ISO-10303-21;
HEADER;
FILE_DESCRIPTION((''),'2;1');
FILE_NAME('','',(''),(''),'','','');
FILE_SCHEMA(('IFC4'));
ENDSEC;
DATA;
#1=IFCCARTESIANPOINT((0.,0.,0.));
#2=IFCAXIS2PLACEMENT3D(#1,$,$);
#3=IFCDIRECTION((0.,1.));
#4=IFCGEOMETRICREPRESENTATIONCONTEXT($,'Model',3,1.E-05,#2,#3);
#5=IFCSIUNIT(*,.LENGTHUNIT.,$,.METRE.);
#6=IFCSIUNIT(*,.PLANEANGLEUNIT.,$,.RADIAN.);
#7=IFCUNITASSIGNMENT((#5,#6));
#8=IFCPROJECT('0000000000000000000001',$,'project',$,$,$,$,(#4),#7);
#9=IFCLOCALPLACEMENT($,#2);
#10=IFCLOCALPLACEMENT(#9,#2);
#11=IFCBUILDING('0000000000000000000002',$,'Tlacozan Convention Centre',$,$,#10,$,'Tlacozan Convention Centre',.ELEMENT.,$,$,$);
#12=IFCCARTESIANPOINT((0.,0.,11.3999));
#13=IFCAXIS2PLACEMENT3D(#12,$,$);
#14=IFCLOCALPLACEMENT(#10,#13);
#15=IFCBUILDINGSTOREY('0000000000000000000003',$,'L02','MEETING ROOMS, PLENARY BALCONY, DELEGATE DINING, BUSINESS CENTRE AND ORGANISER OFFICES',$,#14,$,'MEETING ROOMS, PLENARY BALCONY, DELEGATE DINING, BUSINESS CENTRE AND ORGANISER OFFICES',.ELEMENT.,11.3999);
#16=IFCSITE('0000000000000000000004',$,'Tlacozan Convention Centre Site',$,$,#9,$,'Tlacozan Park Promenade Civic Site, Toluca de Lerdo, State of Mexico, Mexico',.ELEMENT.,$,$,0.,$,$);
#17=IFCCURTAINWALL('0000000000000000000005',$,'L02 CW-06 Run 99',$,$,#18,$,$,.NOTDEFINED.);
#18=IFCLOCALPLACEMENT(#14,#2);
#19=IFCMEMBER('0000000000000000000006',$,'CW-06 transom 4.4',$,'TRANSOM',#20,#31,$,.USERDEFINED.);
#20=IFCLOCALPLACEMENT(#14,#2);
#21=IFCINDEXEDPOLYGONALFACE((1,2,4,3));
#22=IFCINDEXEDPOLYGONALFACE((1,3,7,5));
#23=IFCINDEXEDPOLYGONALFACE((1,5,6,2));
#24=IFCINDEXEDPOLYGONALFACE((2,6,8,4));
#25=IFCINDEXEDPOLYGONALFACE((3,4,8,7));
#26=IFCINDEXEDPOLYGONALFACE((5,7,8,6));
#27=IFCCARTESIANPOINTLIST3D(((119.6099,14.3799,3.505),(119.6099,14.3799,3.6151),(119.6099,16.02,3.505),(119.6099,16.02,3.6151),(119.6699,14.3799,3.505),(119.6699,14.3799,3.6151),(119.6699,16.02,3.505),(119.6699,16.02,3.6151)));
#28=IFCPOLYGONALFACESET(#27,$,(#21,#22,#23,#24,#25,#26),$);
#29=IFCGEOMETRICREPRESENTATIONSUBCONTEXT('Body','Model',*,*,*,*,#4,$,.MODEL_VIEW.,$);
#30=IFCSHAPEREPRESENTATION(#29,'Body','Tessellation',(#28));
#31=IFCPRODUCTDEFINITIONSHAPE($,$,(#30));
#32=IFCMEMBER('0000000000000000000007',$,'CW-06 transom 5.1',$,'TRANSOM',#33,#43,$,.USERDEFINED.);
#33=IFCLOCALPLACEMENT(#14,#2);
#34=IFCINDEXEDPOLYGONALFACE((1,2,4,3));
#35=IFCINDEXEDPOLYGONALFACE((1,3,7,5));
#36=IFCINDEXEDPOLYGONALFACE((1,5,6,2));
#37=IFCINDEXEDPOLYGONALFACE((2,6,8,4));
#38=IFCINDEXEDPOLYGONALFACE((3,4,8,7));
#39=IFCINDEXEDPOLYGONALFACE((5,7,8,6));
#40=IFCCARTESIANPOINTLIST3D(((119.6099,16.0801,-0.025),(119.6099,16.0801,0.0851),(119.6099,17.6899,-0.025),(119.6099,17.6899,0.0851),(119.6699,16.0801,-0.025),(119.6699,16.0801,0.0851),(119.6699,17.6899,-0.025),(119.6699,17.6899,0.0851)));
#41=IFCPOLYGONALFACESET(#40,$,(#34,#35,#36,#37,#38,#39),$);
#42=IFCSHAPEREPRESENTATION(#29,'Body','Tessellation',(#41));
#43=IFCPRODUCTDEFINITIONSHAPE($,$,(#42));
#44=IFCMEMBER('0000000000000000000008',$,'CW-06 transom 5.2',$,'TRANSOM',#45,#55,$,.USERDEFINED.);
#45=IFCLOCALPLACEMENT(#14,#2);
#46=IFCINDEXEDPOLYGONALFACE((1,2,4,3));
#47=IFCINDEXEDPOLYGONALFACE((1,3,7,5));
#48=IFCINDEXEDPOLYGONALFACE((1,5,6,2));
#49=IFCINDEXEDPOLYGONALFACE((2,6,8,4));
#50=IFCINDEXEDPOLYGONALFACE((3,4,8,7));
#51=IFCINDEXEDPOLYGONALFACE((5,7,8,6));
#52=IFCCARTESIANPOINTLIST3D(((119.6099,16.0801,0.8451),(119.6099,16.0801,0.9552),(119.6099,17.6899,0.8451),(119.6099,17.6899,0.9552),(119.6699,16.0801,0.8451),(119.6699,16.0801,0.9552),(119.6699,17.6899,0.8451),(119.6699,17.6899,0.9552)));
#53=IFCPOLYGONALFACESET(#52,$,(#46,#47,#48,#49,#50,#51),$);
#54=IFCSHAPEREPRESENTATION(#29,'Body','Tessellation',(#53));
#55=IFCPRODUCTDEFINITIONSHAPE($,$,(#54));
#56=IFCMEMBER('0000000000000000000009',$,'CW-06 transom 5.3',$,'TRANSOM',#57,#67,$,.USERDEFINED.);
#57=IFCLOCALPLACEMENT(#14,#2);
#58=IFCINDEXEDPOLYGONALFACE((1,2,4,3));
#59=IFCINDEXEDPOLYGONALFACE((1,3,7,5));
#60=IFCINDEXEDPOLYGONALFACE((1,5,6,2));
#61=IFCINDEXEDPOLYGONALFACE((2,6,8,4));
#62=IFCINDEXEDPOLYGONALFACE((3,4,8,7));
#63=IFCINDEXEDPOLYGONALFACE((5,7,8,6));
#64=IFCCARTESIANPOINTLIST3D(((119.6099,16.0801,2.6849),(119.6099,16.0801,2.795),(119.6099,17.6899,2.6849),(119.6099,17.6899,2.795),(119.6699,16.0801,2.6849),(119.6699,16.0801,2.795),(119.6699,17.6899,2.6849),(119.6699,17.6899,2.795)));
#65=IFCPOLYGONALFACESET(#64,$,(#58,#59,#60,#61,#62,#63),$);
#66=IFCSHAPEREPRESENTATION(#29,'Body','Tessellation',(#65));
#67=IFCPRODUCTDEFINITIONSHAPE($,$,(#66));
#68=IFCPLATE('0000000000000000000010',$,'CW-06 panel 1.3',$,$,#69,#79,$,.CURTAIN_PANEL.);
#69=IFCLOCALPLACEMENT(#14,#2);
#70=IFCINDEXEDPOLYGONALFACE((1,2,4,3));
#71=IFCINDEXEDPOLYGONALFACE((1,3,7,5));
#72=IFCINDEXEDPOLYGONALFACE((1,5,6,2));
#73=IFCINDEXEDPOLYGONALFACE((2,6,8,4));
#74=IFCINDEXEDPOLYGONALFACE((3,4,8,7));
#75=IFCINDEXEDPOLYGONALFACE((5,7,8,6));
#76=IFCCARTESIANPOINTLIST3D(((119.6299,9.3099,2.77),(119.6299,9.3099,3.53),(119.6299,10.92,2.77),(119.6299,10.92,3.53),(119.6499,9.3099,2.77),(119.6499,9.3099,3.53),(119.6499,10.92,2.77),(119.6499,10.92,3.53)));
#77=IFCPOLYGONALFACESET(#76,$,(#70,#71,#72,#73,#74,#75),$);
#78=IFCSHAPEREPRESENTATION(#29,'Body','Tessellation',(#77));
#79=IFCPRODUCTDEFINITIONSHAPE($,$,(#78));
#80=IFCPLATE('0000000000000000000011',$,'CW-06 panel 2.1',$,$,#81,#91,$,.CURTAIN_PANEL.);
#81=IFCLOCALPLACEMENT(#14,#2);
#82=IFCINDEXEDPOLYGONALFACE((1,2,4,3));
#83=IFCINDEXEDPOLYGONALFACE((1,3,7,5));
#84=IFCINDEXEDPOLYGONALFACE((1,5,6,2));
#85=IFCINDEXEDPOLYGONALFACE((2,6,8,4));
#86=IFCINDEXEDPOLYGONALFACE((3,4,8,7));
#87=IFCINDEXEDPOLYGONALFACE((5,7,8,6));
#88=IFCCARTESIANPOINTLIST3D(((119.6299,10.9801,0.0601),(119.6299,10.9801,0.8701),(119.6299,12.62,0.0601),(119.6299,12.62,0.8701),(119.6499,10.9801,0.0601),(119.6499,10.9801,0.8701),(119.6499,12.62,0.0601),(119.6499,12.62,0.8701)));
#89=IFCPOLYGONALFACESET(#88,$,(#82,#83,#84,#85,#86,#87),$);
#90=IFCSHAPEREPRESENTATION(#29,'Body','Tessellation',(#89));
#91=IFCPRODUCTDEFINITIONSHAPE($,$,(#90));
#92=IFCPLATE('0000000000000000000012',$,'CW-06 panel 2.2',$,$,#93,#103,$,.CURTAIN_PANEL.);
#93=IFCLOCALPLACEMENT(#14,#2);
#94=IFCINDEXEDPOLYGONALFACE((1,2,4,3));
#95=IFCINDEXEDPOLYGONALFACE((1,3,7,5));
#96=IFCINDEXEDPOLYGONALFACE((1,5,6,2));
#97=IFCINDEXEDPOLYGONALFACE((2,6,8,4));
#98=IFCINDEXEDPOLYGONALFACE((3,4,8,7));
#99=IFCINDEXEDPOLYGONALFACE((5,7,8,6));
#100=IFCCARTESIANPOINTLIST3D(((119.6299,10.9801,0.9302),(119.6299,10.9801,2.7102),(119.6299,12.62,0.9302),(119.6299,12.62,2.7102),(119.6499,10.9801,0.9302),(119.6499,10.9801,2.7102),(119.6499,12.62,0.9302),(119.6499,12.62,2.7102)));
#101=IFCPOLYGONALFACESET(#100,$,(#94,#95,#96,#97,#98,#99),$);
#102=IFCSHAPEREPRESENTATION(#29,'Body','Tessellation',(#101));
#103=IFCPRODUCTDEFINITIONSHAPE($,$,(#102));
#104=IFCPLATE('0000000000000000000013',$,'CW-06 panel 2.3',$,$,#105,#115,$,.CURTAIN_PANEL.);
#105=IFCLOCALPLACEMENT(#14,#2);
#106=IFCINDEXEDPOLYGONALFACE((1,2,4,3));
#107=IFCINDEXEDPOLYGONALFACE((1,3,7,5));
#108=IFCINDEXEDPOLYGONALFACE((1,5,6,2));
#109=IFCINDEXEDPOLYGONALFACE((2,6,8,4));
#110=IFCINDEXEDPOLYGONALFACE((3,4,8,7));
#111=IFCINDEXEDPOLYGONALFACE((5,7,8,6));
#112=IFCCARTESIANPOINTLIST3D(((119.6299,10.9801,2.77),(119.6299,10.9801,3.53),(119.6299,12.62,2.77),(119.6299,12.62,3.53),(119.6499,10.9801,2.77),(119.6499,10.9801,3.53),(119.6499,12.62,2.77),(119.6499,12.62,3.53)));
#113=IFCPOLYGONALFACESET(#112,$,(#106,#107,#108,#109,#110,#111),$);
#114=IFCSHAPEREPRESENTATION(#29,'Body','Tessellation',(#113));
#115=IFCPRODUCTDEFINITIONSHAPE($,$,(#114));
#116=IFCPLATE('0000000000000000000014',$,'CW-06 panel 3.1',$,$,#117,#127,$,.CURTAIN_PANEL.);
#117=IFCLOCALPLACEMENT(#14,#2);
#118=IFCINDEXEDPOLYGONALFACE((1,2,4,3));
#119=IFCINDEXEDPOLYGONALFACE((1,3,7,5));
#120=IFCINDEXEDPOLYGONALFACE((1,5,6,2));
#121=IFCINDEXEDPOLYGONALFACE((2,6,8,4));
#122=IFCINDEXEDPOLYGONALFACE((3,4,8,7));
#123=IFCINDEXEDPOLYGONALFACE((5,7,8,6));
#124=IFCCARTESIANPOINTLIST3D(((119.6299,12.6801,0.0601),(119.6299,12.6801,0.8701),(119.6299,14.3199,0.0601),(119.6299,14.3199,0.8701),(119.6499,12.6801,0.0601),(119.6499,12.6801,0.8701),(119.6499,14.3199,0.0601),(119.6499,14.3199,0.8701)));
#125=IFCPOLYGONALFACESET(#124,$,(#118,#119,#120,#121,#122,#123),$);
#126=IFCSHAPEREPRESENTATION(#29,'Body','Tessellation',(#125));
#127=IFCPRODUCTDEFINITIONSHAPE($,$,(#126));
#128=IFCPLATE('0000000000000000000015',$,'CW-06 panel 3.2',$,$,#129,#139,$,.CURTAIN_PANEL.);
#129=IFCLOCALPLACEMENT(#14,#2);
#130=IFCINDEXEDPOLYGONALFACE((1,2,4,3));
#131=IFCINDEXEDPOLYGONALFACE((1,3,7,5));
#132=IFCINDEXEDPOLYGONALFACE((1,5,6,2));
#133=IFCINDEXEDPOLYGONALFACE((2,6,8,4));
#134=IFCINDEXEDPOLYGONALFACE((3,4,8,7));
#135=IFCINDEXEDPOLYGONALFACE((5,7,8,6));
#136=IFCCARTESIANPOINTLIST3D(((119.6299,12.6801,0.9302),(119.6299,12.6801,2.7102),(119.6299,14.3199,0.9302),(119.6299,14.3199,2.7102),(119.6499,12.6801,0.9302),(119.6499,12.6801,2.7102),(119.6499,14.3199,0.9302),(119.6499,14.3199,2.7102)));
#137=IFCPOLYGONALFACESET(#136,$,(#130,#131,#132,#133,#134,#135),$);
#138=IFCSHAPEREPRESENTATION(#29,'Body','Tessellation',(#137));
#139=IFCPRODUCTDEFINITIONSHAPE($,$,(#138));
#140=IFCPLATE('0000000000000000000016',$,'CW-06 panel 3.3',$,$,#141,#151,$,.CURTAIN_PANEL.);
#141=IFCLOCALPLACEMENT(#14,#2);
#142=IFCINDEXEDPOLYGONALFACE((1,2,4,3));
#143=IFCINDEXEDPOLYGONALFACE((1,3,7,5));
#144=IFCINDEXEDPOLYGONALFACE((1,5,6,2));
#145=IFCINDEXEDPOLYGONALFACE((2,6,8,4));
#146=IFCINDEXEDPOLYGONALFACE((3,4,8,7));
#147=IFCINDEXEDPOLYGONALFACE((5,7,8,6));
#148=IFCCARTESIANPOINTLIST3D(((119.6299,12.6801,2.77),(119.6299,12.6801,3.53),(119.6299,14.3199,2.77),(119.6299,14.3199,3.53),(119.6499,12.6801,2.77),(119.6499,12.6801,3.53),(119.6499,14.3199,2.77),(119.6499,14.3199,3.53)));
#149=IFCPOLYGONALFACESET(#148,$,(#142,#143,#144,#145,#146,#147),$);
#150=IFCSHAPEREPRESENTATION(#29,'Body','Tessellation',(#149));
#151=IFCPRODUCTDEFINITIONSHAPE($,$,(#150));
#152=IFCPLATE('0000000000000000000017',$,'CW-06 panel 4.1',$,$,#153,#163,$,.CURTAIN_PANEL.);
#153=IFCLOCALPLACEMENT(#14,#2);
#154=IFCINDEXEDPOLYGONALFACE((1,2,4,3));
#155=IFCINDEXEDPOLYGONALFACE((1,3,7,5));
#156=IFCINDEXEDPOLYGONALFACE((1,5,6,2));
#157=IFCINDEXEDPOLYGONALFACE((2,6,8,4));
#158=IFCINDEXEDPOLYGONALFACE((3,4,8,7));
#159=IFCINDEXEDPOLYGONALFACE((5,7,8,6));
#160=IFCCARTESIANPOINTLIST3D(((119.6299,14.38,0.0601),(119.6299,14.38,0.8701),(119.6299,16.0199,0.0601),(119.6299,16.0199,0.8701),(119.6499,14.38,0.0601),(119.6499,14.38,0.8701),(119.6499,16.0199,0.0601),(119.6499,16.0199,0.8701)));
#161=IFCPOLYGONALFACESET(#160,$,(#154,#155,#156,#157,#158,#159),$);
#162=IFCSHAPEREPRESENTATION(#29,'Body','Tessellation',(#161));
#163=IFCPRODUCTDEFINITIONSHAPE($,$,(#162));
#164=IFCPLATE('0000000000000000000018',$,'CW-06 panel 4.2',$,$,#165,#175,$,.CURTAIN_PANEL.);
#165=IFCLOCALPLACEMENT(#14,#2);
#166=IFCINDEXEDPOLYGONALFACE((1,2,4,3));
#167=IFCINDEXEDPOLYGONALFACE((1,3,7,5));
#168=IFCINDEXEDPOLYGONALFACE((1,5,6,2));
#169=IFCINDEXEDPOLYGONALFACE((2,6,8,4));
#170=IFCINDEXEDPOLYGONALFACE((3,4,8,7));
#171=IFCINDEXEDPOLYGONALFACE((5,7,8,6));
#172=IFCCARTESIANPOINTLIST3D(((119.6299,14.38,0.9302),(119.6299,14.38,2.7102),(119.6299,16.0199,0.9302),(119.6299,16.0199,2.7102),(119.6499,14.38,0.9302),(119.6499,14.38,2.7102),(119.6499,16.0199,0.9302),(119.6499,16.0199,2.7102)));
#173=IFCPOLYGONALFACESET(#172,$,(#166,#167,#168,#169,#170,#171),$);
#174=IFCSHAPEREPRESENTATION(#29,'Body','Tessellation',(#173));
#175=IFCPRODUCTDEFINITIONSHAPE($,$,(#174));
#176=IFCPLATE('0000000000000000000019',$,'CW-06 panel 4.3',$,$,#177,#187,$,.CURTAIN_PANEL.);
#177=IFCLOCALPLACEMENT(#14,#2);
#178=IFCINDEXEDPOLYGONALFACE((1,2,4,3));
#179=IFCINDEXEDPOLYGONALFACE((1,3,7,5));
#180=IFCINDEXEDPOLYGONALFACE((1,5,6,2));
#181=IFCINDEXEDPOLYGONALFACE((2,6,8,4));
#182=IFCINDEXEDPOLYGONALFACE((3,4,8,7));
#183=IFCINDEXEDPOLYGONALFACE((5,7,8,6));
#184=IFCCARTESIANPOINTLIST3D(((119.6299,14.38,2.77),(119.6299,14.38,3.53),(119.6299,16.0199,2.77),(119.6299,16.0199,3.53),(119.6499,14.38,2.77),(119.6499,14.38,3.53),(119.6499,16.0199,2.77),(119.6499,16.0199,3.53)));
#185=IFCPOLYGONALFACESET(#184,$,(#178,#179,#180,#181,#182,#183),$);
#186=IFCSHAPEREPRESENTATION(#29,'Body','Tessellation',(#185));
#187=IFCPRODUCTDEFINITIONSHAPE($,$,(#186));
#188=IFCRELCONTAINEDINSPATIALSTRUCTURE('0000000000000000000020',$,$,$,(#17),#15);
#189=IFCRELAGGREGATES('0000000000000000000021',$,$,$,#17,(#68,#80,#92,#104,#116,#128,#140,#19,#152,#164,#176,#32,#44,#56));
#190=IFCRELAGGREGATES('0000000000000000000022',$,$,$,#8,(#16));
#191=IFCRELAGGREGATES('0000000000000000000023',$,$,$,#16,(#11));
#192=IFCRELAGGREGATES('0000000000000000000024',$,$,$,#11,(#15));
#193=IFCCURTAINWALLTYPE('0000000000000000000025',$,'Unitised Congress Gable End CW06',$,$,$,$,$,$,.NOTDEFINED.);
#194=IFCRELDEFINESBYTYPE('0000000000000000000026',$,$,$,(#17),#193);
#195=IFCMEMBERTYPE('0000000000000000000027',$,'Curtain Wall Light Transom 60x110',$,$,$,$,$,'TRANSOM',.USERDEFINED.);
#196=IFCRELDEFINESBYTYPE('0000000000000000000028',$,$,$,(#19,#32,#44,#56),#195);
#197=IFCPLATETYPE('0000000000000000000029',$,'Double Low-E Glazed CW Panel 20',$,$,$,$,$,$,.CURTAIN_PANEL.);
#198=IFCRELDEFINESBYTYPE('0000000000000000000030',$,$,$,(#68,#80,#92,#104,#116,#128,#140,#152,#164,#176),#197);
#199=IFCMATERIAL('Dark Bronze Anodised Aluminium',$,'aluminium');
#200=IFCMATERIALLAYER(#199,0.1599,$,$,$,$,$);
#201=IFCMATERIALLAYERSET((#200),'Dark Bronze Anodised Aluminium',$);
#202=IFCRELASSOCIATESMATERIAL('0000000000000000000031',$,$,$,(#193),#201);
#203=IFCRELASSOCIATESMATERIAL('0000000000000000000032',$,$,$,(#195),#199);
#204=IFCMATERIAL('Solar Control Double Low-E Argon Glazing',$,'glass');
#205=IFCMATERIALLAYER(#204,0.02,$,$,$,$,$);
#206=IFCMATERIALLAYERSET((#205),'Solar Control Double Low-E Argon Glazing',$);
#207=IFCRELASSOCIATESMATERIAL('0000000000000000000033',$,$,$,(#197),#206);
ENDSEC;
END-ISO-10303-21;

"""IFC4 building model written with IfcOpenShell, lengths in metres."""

from ifc_helpers import new_model, si_unit, direction, frame, origin, origin_2d, place, context, subcontext, project, spatial, rectangle, extrude, material, layer, layer_set, material_profile, profile_set, type_object, element, aggregate, save


model = new_model("IFC4")

# Units and contexts
model_context = context("Model", 3, precision=1e-05, world=origin(), true_north=direction((0.0, 1.0)))
body_context = subcontext(model_context, "Body", "Model", "MODEL_VIEW")
ifc_project = project(units=[si_unit("LENGTHUNIT", "METRE"), si_unit("PLANEANGLEUNIT", "RADIAN")], contexts=[model_context])

# Site, building, storey
site_placement = place(None, origin())
site = spatial("IfcSite", under=ifc_project, at=site_placement, Name="Tlacozan Convention Centre Site", LongName="Tlacozan Park Promenade Civic Site, Toluca de Lerdo, State of Mexico, Mexico", CompositionType="ELEMENT", RefElevation=0.0)
building_placement = place(site_placement, origin())
building = spatial("IfcBuilding", under=site, at=building_placement, Name="Tlacozan Convention Centre", LongName="Tlacozan Convention Centre", CompositionType="ELEMENT")
storey_placement = place(building_placement, frame((0.0, 0.0, 11.3999)))
storey = spatial("IfcBuildingStorey", under=building, at=storey_placement, Name="L02", Description="MEETING ROOMS, PLENARY BALCONY, DELEGATE DINING, BUSINESS CENTRE AND ORGANISER OFFICES", LongName="MEETING ROOMS, PLENARY BALCONY, DELEGATE DINING, BUSINESS CENTRE AND ORGANISER OFFICES", CompositionType="ELEMENT", Elevation=11.3999)

# Curtain wall, members, plates
ifc_material_1 = material(Name="Dark Bronze Anodised Aluminium", Category="aluminium")
ifc_layer_1 = layer(ifc_material_1, 0.1599)
ifc_layer_set_1 = layer_set([ifc_layer_1], Name="Dark Bronze Anodised Aluminium")
curtain_wall_type = type_object("IfcCurtainWallType", Name="Unitised Congress Gable End CW06", PredefinedType="NOTDEFINED", material=ifc_layer_set_1)
curtain_wall_placement = place(storey_placement, origin())
curtain_wall = element("IfcCurtainWall", 1, at=curtain_wall_placement, inside=storey, type_object=curtain_wall_type, Name="L02 CW-06 Run 99", PredefinedType="NOTDEFINED")
ifc_material_profile_1 = material_profile(ifc_material_1, rectangle(XDim=0.0601, YDim=0.1101, at=origin_2d()), Name="ALU 60x110")
ifc_profile_set_1 = profile_set([ifc_material_profile_1], Name="Dark Bronze Anodised Aluminium")
member_type_1 = type_object("IfcMemberType", Name="Curtain Wall Light Transom 60x110", ElementType="TRANSOM", PredefinedType="USERDEFINED", material=ifc_profile_set_1)
member_1_placement = place(storey_placement, frame((119.6399, 14.3799, 3.5601), z_axis=(0.0, 1.0, 0.0), x_axis=(-1.0, 0.0, 0.0)))
member_1 = element("IfcMember", 2, at=member_1_placement, type_object=member_type_1, Name="CW-06 transom 4.4", ObjectType="TRANSOM", PredefinedType="USERDEFINED", context=body_context, shape_type="SweptSolid", body=[
    extrude(rectangle(XDim=0.0601, YDim=0.1101, at=origin_2d()), origin(), (0.0, 0.0, 1.0), 1.6401),
])
member_2_placement = place(storey_placement, frame((119.6399, 16.0801, 0.03), z_axis=(0.0, 1.0, 0.0), x_axis=(-1.0, 0.0, 0.0)))
member_2 = element("IfcMember", 3, at=member_2_placement, type_object=member_type_1, Name="CW-06 transom 5.1", ObjectType="TRANSOM", PredefinedType="USERDEFINED", context=body_context, shape_type="SweptSolid", body=[
    extrude(rectangle(XDim=0.0601, YDim=0.1101, at=origin_2d()), origin(), (0.0, 0.0, 1.0), 1.6099),
])
member_3_placement = place(storey_placement, frame((119.6399, 16.0801, 0.9001), z_axis=(0.0, 1.0, 0.0), x_axis=(-1.0, 0.0, 0.0)))
member_3 = element("IfcMember", 4, at=member_3_placement, type_object=member_type_1, Name="CW-06 transom 5.2", ObjectType="TRANSOM", PredefinedType="USERDEFINED", context=body_context, shape_type="SweptSolid", body=[
    extrude(rectangle(XDim=0.0601, YDim=0.1101, at=origin_2d()), origin(), (0.0, 0.0, 1.0), 1.6099),
])
member_4_placement = place(storey_placement, frame((119.6399, 16.0801, 2.74), z_axis=(0.0, 1.0, 0.0), x_axis=(-1.0, 0.0, 0.0)))
member_4 = element("IfcMember", 5, at=member_4_placement, type_object=member_type_1, Name="CW-06 transom 5.3", ObjectType="TRANSOM", PredefinedType="USERDEFINED", context=body_context, shape_type="SweptSolid", body=[
    extrude(rectangle(XDim=0.0601, YDim=0.1101, at=origin_2d()), origin(), (0.0, 0.0, 1.0), 1.6099),
])
ifc_material_2 = material(Name="Solar Control Double Low-E Argon Glazing", Category="glass")
ifc_layer_2 = layer(ifc_material_2, 0.02)
ifc_layer_set_2 = layer_set([ifc_layer_2], Name="Solar Control Double Low-E Argon Glazing")
plate_type = type_object("IfcPlateType", Name="Double Low-E Glazed CW Panel 20", PredefinedType="CURTAIN_PANEL", material=ifc_layer_set_2)
plate_1_placement = place(storey_placement, frame((119.6399, 10.115, 2.77), z_axis=(0.0, 0.0, 1.0), x_axis=(0.0, 1.0, 0.0)))
plate_1 = element("IfcPlate", 6, at=plate_1_placement, type_object=plate_type, Name="CW-06 panel 1.3", PredefinedType="CURTAIN_PANEL", context=body_context, shape_type="SweptSolid", body=[
    extrude(rectangle(XDim=1.6101, YDim=0.02, at=origin_2d()), origin(), (0.0, 0.0, 1.0), 0.76),
])
plate_2_placement = place(storey_placement, frame((119.6399, 11.8, 0.0601), z_axis=(0.0, 0.0, 1.0), x_axis=(0.0, 1.0, 0.0)))
plate_2 = element("IfcPlate", 7, at=plate_2_placement, type_object=plate_type, Name="CW-06 panel 2.1", PredefinedType="CURTAIN_PANEL", context=body_context, shape_type="SweptSolid", body=[
    extrude(rectangle(XDim=1.6399, YDim=0.02, at=origin_2d()), origin(), (0.0, 0.0, 1.0), 0.8101),
])
plate_3_placement = place(storey_placement, frame((119.6399, 11.8, 0.9302), z_axis=(0.0, 0.0, 1.0), x_axis=(0.0, 1.0, 0.0)))
plate_3 = element("IfcPlate", 8, at=plate_3_placement, type_object=plate_type, Name="CW-06 panel 2.2", PredefinedType="CURTAIN_PANEL", context=body_context, shape_type="SweptSolid", body=[
    extrude(rectangle(XDim=1.6399, YDim=0.02, at=origin_2d()), origin(), (0.0, 0.0, 1.0), 1.78),
])
plate_4_placement = place(storey_placement, frame((119.6399, 11.8, 2.77), z_axis=(0.0, 0.0, 1.0), x_axis=(0.0, 1.0, 0.0)))
plate_4 = element("IfcPlate", 9, at=plate_4_placement, type_object=plate_type, Name="CW-06 panel 2.3", PredefinedType="CURTAIN_PANEL", context=body_context, shape_type="SweptSolid", body=[
    extrude(rectangle(XDim=1.6399, YDim=0.02, at=origin_2d()), origin(), (0.0, 0.0, 1.0), 0.76),
])
plate_5_placement = place(storey_placement, frame((119.6399, 13.5, 0.0601), z_axis=(0.0, 0.0, 1.0), x_axis=(0.0, 1.0, 0.0)))
plate_5 = element("IfcPlate", 10, at=plate_5_placement, type_object=plate_type, Name="CW-06 panel 3.1", PredefinedType="CURTAIN_PANEL", context=body_context, shape_type="SweptSolid", body=[
    extrude(rectangle(XDim=1.6399, YDim=0.02, at=origin_2d()), origin(), (0.0, 0.0, 1.0), 0.8101),
])
plate_6_placement = place(storey_placement, frame((119.6399, 13.5, 0.9302), z_axis=(0.0, 0.0, 1.0), x_axis=(0.0, 1.0, 0.0)))
plate_6 = element("IfcPlate", 11, at=plate_6_placement, type_object=plate_type, Name="CW-06 panel 3.2", PredefinedType="CURTAIN_PANEL", context=body_context, shape_type="SweptSolid", body=[
    extrude(rectangle(XDim=1.6399, YDim=0.02, at=origin_2d()), origin(), (0.0, 0.0, 1.0), 1.78),
])
plate_7_placement = place(storey_placement, frame((119.6399, 13.5, 2.77), z_axis=(0.0, 0.0, 1.0), x_axis=(0.0, 1.0, 0.0)))
plate_7 = element("IfcPlate", 12, at=plate_7_placement, type_object=plate_type, Name="CW-06 panel 3.3", PredefinedType="CURTAIN_PANEL", context=body_context, shape_type="SweptSolid", body=[
    extrude(rectangle(XDim=1.6399, YDim=0.02, at=origin_2d()), origin(), (0.0, 0.0, 1.0), 0.76),
])
plate_8_placement = place(storey_placement, frame((119.6399, 15.2, 0.0601), z_axis=(0.0, 0.0, 1.0), x_axis=(0.0, 1.0, 0.0)))
plate_8 = element("IfcPlate", 13, at=plate_8_placement, type_object=plate_type, Name="CW-06 panel 4.1", PredefinedType="CURTAIN_PANEL", context=body_context, shape_type="SweptSolid", body=[
    extrude(rectangle(XDim=1.6399, YDim=0.02, at=origin_2d()), origin(), (0.0, 0.0, 1.0), 0.8101),
])
plate_9_placement = place(storey_placement, frame((119.6399, 15.2, 0.9302), z_axis=(0.0, 0.0, 1.0), x_axis=(0.0, 1.0, 0.0)))
plate_9 = element("IfcPlate", 14, at=plate_9_placement, type_object=plate_type, Name="CW-06 panel 4.2", PredefinedType="CURTAIN_PANEL", context=body_context, shape_type="SweptSolid", body=[
    extrude(rectangle(XDim=1.6399, YDim=0.02, at=origin_2d()), origin(), (0.0, 0.0, 1.0), 1.78),
])
plate_10_placement = place(storey_placement, frame((119.6399, 15.2, 2.77), z_axis=(0.0, 0.0, 1.0), x_axis=(0.0, 1.0, 0.0)))
plate_10 = element("IfcPlate", 15, at=plate_10_placement, type_object=plate_type, Name="CW-06 panel 4.3", PredefinedType="CURTAIN_PANEL", context=body_context, shape_type="SweptSolid", body=[
    extrude(rectangle(XDim=1.6399, YDim=0.02, at=origin_2d()), origin(), (0.0, 0.0, 1.0), 0.76),
])
aggregate(curtain_wall, [plate_1, plate_2, plate_3, plate_4, plate_5, plate_6, plate_7, member_1, plate_8, plate_9, plate_10, member_2, member_3, member_4])

save(model, "model.ifc")
